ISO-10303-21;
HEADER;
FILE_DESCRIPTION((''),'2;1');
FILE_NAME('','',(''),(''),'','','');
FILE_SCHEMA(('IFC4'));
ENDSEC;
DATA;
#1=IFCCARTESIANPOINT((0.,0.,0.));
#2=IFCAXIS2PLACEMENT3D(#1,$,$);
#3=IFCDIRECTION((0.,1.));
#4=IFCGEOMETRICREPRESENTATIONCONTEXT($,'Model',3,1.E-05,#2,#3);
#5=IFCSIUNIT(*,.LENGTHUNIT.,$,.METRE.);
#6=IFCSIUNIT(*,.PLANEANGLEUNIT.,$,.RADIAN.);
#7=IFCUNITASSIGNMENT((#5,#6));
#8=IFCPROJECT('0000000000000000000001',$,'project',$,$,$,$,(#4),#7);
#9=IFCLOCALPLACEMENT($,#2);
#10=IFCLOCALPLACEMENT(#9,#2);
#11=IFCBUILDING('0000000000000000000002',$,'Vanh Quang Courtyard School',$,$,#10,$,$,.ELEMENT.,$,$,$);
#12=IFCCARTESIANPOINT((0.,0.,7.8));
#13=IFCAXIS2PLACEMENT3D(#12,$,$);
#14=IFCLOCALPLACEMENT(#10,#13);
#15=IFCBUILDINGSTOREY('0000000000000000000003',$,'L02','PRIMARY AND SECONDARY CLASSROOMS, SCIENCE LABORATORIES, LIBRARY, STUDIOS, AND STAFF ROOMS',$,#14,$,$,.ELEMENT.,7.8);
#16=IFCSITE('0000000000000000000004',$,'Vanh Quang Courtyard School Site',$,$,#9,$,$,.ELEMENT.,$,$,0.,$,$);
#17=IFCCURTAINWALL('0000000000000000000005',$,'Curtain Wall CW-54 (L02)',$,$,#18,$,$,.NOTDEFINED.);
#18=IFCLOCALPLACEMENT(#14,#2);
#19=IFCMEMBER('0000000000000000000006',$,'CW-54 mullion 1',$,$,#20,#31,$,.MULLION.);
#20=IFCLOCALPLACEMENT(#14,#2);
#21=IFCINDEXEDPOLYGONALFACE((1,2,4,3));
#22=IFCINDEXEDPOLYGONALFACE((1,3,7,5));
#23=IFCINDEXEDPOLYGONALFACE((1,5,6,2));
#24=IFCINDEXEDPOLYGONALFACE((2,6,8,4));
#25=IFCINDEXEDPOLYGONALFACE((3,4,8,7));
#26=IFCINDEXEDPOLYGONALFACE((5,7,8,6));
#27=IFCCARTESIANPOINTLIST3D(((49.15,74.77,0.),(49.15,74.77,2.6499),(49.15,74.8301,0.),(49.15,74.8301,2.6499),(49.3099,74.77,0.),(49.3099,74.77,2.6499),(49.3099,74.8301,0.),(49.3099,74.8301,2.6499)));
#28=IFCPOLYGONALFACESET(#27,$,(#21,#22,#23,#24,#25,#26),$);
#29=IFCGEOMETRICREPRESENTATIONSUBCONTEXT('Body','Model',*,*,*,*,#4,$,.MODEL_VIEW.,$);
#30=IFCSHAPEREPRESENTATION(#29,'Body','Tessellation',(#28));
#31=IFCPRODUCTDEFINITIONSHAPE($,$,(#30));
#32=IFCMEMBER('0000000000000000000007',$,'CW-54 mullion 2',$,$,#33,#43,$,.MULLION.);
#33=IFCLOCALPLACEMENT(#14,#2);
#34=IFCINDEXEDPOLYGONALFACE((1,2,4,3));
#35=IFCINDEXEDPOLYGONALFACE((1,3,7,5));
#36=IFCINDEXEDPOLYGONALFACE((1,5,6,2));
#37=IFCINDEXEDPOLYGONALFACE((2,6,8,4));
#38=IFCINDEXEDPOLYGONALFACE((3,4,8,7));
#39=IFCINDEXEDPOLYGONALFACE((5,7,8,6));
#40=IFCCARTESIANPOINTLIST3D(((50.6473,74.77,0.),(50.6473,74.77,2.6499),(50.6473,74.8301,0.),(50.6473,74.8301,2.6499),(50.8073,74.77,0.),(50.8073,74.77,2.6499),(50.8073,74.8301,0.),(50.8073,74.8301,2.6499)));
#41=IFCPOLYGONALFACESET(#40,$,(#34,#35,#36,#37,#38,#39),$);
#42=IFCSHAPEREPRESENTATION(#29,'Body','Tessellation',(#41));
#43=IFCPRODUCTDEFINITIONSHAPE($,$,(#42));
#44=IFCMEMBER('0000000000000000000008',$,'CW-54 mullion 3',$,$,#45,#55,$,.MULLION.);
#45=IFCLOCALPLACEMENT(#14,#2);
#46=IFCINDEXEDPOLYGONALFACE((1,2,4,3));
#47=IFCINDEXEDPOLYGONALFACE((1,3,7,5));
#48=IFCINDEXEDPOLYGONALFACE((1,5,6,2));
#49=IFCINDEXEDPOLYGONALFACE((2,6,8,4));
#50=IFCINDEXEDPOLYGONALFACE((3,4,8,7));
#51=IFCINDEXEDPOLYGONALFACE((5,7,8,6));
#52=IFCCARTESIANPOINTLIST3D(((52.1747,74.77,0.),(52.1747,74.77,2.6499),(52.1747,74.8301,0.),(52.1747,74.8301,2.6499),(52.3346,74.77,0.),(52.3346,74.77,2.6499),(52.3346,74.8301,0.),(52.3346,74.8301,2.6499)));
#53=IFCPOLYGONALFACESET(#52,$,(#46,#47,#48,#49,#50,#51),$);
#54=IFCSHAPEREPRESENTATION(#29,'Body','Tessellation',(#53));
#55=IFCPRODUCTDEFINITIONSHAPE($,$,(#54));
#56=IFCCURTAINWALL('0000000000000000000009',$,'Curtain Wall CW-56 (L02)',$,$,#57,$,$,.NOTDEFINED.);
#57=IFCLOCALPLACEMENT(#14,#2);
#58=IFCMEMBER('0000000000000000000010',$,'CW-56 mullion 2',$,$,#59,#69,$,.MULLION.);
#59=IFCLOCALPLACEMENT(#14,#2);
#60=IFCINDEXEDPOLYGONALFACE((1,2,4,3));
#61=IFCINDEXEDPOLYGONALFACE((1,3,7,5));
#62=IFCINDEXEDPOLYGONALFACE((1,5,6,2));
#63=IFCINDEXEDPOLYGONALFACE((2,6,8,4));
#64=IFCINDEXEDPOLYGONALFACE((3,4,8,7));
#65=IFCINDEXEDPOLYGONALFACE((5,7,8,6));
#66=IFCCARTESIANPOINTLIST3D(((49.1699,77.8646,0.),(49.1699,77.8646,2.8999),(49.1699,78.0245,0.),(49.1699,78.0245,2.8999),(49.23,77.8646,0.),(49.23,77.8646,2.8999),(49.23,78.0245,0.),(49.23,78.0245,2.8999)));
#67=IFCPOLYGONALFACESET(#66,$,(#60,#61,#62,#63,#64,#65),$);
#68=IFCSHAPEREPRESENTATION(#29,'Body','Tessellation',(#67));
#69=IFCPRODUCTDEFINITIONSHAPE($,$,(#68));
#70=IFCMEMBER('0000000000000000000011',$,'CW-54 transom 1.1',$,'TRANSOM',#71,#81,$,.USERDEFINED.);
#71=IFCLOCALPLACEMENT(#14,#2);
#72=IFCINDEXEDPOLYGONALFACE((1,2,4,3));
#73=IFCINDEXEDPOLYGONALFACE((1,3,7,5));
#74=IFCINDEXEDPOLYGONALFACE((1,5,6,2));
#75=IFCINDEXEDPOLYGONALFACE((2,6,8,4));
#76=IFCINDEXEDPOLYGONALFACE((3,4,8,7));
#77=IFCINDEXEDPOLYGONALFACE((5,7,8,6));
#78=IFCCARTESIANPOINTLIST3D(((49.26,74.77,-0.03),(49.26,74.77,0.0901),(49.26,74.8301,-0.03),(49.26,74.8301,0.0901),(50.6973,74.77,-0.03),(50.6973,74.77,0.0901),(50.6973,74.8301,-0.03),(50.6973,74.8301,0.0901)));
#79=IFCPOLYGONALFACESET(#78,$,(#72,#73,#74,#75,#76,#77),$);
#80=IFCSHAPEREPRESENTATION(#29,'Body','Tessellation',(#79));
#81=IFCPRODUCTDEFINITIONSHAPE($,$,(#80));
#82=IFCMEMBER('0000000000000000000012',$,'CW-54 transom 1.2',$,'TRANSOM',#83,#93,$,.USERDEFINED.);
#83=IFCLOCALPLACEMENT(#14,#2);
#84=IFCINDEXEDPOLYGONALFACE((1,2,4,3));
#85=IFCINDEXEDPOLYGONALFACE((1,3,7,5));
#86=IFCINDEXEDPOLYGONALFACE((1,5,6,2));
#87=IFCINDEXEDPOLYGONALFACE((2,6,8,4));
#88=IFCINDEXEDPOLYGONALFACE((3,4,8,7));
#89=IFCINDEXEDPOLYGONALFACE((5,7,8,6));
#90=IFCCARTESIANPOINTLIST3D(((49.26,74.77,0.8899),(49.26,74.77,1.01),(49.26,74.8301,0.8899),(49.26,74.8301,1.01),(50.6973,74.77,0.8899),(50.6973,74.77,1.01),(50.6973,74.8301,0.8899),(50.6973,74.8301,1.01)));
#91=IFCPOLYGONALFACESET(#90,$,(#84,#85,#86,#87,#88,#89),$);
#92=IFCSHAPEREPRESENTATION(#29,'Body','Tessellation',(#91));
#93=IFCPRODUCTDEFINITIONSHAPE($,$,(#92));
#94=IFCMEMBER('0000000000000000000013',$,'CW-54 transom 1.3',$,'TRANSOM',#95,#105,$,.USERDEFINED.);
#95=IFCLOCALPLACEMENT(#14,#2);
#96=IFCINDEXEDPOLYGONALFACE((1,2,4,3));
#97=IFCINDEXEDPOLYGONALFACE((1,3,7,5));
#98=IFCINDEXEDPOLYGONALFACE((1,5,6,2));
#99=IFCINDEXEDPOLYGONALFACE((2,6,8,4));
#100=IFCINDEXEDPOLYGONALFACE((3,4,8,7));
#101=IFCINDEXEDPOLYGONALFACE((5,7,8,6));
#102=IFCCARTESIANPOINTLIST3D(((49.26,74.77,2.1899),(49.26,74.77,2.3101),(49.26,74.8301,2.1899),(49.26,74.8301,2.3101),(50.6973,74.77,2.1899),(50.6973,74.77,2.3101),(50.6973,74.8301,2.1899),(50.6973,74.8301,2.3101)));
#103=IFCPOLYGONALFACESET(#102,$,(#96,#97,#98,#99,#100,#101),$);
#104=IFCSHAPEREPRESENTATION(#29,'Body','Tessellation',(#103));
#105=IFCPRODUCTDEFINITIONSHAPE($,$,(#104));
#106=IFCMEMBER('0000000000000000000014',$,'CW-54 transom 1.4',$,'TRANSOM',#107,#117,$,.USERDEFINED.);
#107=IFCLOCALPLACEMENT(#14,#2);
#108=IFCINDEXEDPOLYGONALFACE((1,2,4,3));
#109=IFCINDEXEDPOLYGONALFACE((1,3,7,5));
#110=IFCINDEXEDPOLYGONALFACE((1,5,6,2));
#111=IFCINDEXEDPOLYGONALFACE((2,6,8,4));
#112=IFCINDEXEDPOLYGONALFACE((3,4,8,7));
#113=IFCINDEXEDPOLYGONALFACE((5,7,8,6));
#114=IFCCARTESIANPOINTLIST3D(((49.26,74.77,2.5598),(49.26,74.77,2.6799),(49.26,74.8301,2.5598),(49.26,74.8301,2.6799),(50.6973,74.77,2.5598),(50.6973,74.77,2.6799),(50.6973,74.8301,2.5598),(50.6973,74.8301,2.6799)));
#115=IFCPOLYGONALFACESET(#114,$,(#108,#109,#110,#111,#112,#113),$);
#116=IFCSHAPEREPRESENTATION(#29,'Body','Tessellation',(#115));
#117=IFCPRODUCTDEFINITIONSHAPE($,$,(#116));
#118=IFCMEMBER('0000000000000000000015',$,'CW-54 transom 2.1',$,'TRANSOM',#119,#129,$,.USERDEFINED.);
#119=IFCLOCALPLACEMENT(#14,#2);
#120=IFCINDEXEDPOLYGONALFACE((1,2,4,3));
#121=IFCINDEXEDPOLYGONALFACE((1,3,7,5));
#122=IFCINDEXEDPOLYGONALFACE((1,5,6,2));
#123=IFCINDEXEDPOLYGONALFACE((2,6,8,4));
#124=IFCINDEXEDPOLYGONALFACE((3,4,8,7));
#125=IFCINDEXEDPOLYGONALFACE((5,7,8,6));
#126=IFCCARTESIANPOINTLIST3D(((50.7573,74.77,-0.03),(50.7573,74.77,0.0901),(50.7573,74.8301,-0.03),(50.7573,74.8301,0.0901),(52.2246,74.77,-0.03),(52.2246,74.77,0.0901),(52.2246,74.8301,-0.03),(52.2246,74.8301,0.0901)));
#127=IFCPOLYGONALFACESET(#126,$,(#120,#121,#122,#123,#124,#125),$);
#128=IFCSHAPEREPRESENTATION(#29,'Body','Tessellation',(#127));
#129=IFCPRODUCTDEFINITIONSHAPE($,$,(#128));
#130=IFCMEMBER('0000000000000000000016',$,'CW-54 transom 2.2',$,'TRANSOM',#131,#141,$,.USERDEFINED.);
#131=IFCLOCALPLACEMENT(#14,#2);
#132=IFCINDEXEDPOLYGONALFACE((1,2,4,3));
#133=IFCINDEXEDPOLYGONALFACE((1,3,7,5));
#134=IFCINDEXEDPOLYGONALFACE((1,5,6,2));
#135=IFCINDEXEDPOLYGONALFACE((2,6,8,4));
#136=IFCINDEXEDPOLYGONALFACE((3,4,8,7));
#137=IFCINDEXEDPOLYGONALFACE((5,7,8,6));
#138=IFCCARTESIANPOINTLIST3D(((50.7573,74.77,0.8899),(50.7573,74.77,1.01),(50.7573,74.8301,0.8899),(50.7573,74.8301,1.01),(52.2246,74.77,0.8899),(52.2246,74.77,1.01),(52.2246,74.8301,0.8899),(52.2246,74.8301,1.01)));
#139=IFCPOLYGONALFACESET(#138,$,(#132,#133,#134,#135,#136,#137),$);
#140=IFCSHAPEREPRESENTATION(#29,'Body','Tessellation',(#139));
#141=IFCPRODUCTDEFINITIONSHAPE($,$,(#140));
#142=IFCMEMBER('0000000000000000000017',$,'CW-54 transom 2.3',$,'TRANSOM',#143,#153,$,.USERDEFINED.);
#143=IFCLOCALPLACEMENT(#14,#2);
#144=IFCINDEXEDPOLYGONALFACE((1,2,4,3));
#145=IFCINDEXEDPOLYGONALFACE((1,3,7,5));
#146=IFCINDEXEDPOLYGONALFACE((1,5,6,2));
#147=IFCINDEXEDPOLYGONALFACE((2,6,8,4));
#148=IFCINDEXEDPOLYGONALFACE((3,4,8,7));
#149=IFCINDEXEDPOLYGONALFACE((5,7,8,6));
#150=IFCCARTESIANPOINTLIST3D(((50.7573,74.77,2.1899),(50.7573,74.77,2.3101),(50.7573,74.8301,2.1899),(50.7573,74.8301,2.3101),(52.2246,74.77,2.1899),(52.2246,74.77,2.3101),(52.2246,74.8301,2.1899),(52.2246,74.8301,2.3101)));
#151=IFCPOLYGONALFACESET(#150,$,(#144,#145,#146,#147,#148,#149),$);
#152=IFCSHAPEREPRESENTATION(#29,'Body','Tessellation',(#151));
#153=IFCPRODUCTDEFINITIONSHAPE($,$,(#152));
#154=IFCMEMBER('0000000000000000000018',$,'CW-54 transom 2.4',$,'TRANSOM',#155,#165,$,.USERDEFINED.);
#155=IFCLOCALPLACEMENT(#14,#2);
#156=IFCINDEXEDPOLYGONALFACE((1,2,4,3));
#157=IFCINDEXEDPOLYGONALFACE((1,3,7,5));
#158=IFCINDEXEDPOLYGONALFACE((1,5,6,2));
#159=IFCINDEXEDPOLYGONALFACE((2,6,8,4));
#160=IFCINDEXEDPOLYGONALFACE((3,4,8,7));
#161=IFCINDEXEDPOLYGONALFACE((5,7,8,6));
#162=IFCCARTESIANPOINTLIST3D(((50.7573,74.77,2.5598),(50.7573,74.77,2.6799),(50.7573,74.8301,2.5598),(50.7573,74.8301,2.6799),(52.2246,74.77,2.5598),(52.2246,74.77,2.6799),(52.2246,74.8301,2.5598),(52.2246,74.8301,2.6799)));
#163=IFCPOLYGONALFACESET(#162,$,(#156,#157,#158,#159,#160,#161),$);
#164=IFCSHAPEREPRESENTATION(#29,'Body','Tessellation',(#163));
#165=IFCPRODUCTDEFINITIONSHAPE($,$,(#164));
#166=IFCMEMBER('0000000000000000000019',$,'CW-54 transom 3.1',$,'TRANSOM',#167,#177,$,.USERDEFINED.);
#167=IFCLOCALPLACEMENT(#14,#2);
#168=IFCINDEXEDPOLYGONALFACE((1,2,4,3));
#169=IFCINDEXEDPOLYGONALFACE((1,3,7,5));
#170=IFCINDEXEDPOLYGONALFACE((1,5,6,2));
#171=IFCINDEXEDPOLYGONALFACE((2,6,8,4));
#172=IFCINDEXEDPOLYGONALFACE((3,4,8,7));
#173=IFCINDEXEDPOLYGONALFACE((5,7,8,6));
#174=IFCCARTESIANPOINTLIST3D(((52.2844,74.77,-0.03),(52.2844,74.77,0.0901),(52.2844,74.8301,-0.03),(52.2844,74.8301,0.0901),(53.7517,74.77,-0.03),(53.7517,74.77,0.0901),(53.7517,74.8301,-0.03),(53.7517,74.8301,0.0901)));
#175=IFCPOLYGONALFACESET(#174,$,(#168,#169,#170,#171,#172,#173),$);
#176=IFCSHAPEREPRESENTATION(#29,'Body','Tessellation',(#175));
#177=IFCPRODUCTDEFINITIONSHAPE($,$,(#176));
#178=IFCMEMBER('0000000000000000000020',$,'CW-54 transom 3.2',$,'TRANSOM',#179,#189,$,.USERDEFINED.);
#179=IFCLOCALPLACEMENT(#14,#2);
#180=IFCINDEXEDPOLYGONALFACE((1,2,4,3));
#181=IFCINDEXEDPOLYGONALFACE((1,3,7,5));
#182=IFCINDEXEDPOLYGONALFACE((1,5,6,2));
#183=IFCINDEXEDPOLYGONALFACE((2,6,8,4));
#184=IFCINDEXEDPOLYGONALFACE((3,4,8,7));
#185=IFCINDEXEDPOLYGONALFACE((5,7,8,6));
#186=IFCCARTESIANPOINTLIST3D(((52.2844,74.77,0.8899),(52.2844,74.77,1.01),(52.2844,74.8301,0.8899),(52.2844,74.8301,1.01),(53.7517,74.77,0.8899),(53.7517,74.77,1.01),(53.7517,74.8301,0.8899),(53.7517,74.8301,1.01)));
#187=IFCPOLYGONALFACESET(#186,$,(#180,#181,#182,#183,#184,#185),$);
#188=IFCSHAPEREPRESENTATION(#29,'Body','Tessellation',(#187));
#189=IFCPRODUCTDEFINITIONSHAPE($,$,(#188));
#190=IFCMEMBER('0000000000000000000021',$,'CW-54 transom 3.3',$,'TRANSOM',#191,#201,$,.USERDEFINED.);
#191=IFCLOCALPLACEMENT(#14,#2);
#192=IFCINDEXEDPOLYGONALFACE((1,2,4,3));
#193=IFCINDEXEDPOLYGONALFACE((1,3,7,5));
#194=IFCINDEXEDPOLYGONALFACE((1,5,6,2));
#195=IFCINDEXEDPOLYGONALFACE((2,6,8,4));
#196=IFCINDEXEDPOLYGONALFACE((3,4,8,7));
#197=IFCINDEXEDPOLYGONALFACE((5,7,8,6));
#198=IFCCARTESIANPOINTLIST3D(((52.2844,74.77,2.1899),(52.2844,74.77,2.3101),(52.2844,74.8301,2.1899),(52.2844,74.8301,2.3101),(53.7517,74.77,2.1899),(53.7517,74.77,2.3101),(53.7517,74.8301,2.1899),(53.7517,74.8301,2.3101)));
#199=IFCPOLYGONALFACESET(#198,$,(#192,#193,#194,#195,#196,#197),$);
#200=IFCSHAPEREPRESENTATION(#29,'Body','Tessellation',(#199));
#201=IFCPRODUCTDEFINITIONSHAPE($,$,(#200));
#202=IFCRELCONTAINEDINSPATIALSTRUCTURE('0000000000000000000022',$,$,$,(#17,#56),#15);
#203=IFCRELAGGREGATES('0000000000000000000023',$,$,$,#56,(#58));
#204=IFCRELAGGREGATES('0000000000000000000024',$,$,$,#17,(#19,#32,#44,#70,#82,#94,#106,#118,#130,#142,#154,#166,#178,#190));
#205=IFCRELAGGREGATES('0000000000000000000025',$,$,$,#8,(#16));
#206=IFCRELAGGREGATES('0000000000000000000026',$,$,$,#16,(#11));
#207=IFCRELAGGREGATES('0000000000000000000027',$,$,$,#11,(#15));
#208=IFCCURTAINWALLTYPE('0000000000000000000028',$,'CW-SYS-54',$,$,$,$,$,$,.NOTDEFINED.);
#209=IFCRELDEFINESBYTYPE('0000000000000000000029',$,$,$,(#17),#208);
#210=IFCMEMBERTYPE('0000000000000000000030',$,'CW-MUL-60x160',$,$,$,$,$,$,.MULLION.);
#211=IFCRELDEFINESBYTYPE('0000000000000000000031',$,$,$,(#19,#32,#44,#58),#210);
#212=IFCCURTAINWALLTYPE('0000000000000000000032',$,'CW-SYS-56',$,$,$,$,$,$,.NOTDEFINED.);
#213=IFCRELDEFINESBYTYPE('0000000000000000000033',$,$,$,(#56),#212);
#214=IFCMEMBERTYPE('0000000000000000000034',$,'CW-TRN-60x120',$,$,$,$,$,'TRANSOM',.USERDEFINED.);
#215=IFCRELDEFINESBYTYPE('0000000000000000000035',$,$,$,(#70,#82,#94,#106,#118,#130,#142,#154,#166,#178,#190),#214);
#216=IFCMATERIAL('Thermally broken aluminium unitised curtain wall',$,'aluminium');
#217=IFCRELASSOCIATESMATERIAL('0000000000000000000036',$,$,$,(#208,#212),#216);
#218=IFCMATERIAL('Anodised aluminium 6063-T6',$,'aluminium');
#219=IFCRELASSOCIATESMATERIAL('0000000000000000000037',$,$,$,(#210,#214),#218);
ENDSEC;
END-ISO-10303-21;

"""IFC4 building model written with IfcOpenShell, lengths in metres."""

from ifc_helpers import new_model, si_unit, direction, frame, origin, origin_2d, place, context, subcontext, project, spatial, rectangle, extrude, material, material_profile, profile_set, type_object, element, aggregate, save


model = new_model("IFC4")

# Units and contexts
model_context = context("Model", 3, precision=1e-05, world=origin(), true_north=direction((0.0, 1.0)))
body_context = subcontext(model_context, "Body", "Model", "MODEL_VIEW")
ifc_project = project(units=[si_unit("LENGTHUNIT", "METRE"), si_unit("PLANEANGLEUNIT", "RADIAN")], contexts=[model_context])

# Site, building, storey
site_placement = place(None, origin())
site = spatial("IfcSite", under=ifc_project, at=site_placement, Name="Vanh Quang Courtyard School Site", CompositionType="ELEMENT", RefElevation=0.0)
building_placement = place(site_placement, origin())
building = spatial("IfcBuilding", under=site, at=building_placement, Name="Vanh Quang Courtyard School", CompositionType="ELEMENT")
storey_placement = place(building_placement, frame((0.0, 0.0, 7.8)))
storey = spatial("IfcBuildingStorey", under=building, at=storey_placement, Name="L02", Description="PRIMARY AND SECONDARY CLASSROOMS, SCIENCE LABORATORIES, LIBRARY, STUDIOS, AND STAFF ROOMS", CompositionType="ELEMENT", Elevation=7.8)

# Curtain wall, members
ifc_material_1 = material(Name="Thermally broken aluminium unitised curtain wall", Category="aluminium")
curtain_wall_type_1 = type_object("IfcCurtainWallType", Name="CW-SYS-54", PredefinedType="NOTDEFINED", material=ifc_material_1)
curtain_wall_1_placement = place(storey_placement, origin())
curtain_wall_1 = element("IfcCurtainWall", 1, at=curtain_wall_1_placement, inside=storey, type_object=curtain_wall_type_1, Name="Curtain Wall CW-54 (L02)", PredefinedType="NOTDEFINED")
ifc_material_2 = material(Name="Anodised aluminium 6063-T6", Category="aluminium")
ifc_material_profile_1 = material_profile(ifc_material_2, rectangle(XDim=0.0601, YDim=0.1599, at=origin_2d()), Name="ALU-MUL 60x160")
ifc_profile_set_1 = profile_set([ifc_material_profile_1], Name="Anodised aluminium 6063-T6")
member_type_1 = type_object("IfcMemberType", Name="CW-MUL-60x160", PredefinedType="MULLION", material=ifc_profile_set_1)
member_1_placement = place(storey_placement, frame((49.23, 74.8, 0.0), z_axis=(0.0, 0.0, 1.0), x_axis=(0.0, 1.0, 0.0)))
member_1 = element("IfcMember", 2, at=member_1_placement, type_object=member_type_1, Name="CW-54 mullion 1", PredefinedType="MULLION", context=body_context, shape_type="SweptSolid", body=[
    extrude(rectangle(XDim=0.0601, YDim=0.1599, at=origin_2d()), origin(), (0.0, 0.0, 1.0), 2.6499),
])
member_2_placement = place(storey_placement, frame((50.7273, 74.8, 0.0), z_axis=(0.0, 0.0, 1.0), x_axis=(0.0, 1.0, 0.0)))
member_2 = element("IfcMember", 3, at=member_2_placement, type_object=member_type_1, Name="CW-54 mullion 2", PredefinedType="MULLION", context=body_context, shape_type="SweptSolid", body=[
    extrude(rectangle(XDim=0.0601, YDim=0.1599, at=origin_2d()), origin(), (0.0, 0.0, 1.0), 2.6499),
])
member_3_placement = place(storey_placement, frame((52.2546, 74.8, 0.0), z_axis=(0.0, 0.0, 1.0), x_axis=(0.0, 1.0, 0.0)))
member_3 = element("IfcMember", 4, at=member_3_placement, type_object=member_type_1, Name="CW-54 mullion 3", PredefinedType="MULLION", context=body_context, shape_type="SweptSolid", body=[
    extrude(rectangle(XDim=0.0601, YDim=0.1599, at=origin_2d()), origin(), (0.0, 0.0, 1.0), 2.6499),
])

# Curtain wall, member
curtain_wall_type_2 = type_object("IfcCurtainWallType", Name="CW-SYS-56", PredefinedType="NOTDEFINED", material=ifc_material_1)
curtain_wall_2_placement = place(storey_placement, origin())
curtain_wall_2 = element("IfcCurtainWall", 5, at=curtain_wall_2_placement, inside=storey, type_object=curtain_wall_type_2, Name="Curtain Wall CW-56 (L02)", PredefinedType="NOTDEFINED")
member_4_placement = place(storey_placement, frame((49.2, 77.9446, 0.0), z_axis=(0.0, 0.0, 1.0), x_axis=(1.0, 0.0, 0.0)))
member_4 = element("IfcMember", 6, at=member_4_placement, type_object=member_type_1, Name="CW-56 mullion 2", PredefinedType="MULLION", context=body_context, shape_type="SweptSolid", body=[
    extrude(rectangle(XDim=0.0601, YDim=0.1599, at=origin_2d()), origin(), (0.0, 0.0, 1.0), 2.8999),
])

# Members
ifc_material_profile_2 = material_profile(ifc_material_2, rectangle(XDim=0.0601, YDim=0.1201, at=origin_2d()), Name="ALU-TRN 60x120")
ifc_profile_set_2 = profile_set([ifc_material_profile_2], Name="Anodised aluminium 6063-T6")
member_type_2 = type_object("IfcMemberType", Name="CW-TRN-60x120", ElementType="TRANSOM", PredefinedType="USERDEFINED", material=ifc_profile_set_2)
member_5_placement = place(storey_placement, frame((49.26, 74.8, 0.03), z_axis=(1.0, 0.0, 0.0), x_axis=(0.0, 1.0, 0.0)))
member_5 = element("IfcMember", 7, at=member_5_placement, type_object=member_type_2, Name="CW-54 transom 1.1", ObjectType="TRANSOM", PredefinedType="USERDEFINED", context=body_context, shape_type="SweptSolid", body=[
    extrude(rectangle(XDim=0.0601, YDim=0.1201, at=origin_2d()), origin(), (0.0, 0.0, 1.0), 1.4373),
])
member_6_placement = place(storey_placement, frame((49.26, 74.8, 0.95), z_axis=(1.0, 0.0, 0.0), x_axis=(0.0, 1.0, 0.0)))
member_6 = element("IfcMember", 8, at=member_6_placement, type_object=member_type_2, Name="CW-54 transom 1.2", ObjectType="TRANSOM", PredefinedType="USERDEFINED", context=body_context, shape_type="SweptSolid", body=[
    extrude(rectangle(XDim=0.0601, YDim=0.1201, at=origin_2d()), origin(), (0.0, 0.0, 1.0), 1.4373),
])
member_7_placement = place(storey_placement, frame((49.26, 74.8, 2.25), z_axis=(1.0, 0.0, 0.0), x_axis=(0.0, 1.0, 0.0)))
member_7 = element("IfcMember", 9, at=member_7_placement, type_object=member_type_2, Name="CW-54 transom 1.3", ObjectType="TRANSOM", PredefinedType="USERDEFINED", context=body_context, shape_type="SweptSolid", body=[
    extrude(rectangle(XDim=0.0601, YDim=0.1201, at=origin_2d()), origin(), (0.0, 0.0, 1.0), 1.4373),
])
member_8_placement = place(storey_placement, frame((49.26, 74.8, 2.6199), z_axis=(1.0, 0.0, 0.0), x_axis=(0.0, 1.0, 0.0)))
member_8 = element("IfcMember", 10, at=member_8_placement, type_object=member_type_2, Name="CW-54 transom 1.4", ObjectType="TRANSOM", PredefinedType="USERDEFINED", context=body_context, shape_type="SweptSolid", body=[
    extrude(rectangle(XDim=0.0601, YDim=0.1201, at=origin_2d()), origin(), (0.0, 0.0, 1.0), 1.4373),
])
member_9_placement = place(storey_placement, frame((50.7573, 74.8, 0.03), z_axis=(1.0, 0.0, 0.0), x_axis=(0.0, 1.0, 0.0)))
member_9 = element("IfcMember", 11, at=member_9_placement, type_object=member_type_2, Name="CW-54 transom 2.1", ObjectType="TRANSOM", PredefinedType="USERDEFINED", context=body_context, shape_type="SweptSolid", body=[
    extrude(rectangle(XDim=0.0601, YDim=0.1201, at=origin_2d()), origin(), (0.0, 0.0, 1.0), 1.4673),
])
member_10_placement = place(storey_placement, frame((50.7573, 74.8, 0.95), z_axis=(1.0, 0.0, 0.0), x_axis=(0.0, 1.0, 0.0)))
member_10 = element("IfcMember", 12, at=member_10_placement, type_object=member_type_2, Name="CW-54 transom 2.2", ObjectType="TRANSOM", PredefinedType="USERDEFINED", context=body_context, shape_type="SweptSolid", body=[
    extrude(rectangle(XDim=0.0601, YDim=0.1201, at=origin_2d()), origin(), (0.0, 0.0, 1.0), 1.4673),
])
member_11_placement = place(storey_placement, frame((50.7573, 74.8, 2.25), z_axis=(1.0, 0.0, 0.0), x_axis=(0.0, 1.0, 0.0)))
member_11 = element("IfcMember", 13, at=member_11_placement, type_object=member_type_2, Name="CW-54 transom 2.3", ObjectType="TRANSOM", PredefinedType="USERDEFINED", context=body_context, shape_type="SweptSolid", body=[
    extrude(rectangle(XDim=0.0601, YDim=0.1201, at=origin_2d()), origin(), (0.0, 0.0, 1.0), 1.4673),
])
member_12_placement = place(storey_placement, frame((50.7573, 74.8, 2.6199), z_axis=(1.0, 0.0, 0.0), x_axis=(0.0, 1.0, 0.0)))
member_12 = element("IfcMember", 14, at=member_12_placement, type_object=member_type_2, Name="CW-54 transom 2.4", ObjectType="TRANSOM", PredefinedType="USERDEFINED", context=body_context, shape_type="SweptSolid", body=[
    extrude(rectangle(XDim=0.0601, YDim=0.1201, at=origin_2d()), origin(), (0.0, 0.0, 1.0), 1.4673),
])
member_13_placement = place(storey_placement, frame((52.2844, 74.8, 0.03), z_axis=(1.0, 0.0, 0.0), x_axis=(0.0, 1.0, 0.0)))
member_13 = element("IfcMember", 15, at=member_13_placement, type_object=member_type_2, Name="CW-54 transom 3.1", ObjectType="TRANSOM", PredefinedType="USERDEFINED", context=body_context, shape_type="SweptSolid", body=[
    extrude(rectangle(XDim=0.0601, YDim=0.1201, at=origin_2d()), origin(), (0.0, 0.0, 1.0), 1.4673),
])
member_14_placement = place(storey_placement, frame((52.2844, 74.8, 0.95), z_axis=(1.0, 0.0, 0.0), x_axis=(0.0, 1.0, 0.0)))
member_14 = element("IfcMember", 16, at=member_14_placement, type_object=member_type_2, Name="CW-54 transom 3.2", ObjectType="TRANSOM", PredefinedType="USERDEFINED", context=body_context, shape_type="SweptSolid", body=[
    extrude(rectangle(XDim=0.0601, YDim=0.1201, at=origin_2d()), origin(), (0.0, 0.0, 1.0), 1.4673),
])
member_15_placement = place(storey_placement, frame((52.2844, 74.8, 2.25), z_axis=(1.0, 0.0, 0.0), x_axis=(0.0, 1.0, 0.0)))
member_15 = element("IfcMember", 17, at=member_15_placement, type_object=member_type_2, Name="CW-54 transom 3.3", ObjectType="TRANSOM", PredefinedType="USERDEFINED", context=body_context, shape_type="SweptSolid", body=[
    extrude(rectangle(XDim=0.0601, YDim=0.1201, at=origin_2d()), origin(), (0.0, 0.0, 1.0), 1.4673),
])
aggregate(curtain_wall_2, [member_4])

aggregate(curtain_wall_1, [member_1, member_2, member_3, member_5, member_6, member_7, member_8, member_9, member_10, member_11, member_12, member_13, member_14, member_15])

save(model, "model.ifc")
